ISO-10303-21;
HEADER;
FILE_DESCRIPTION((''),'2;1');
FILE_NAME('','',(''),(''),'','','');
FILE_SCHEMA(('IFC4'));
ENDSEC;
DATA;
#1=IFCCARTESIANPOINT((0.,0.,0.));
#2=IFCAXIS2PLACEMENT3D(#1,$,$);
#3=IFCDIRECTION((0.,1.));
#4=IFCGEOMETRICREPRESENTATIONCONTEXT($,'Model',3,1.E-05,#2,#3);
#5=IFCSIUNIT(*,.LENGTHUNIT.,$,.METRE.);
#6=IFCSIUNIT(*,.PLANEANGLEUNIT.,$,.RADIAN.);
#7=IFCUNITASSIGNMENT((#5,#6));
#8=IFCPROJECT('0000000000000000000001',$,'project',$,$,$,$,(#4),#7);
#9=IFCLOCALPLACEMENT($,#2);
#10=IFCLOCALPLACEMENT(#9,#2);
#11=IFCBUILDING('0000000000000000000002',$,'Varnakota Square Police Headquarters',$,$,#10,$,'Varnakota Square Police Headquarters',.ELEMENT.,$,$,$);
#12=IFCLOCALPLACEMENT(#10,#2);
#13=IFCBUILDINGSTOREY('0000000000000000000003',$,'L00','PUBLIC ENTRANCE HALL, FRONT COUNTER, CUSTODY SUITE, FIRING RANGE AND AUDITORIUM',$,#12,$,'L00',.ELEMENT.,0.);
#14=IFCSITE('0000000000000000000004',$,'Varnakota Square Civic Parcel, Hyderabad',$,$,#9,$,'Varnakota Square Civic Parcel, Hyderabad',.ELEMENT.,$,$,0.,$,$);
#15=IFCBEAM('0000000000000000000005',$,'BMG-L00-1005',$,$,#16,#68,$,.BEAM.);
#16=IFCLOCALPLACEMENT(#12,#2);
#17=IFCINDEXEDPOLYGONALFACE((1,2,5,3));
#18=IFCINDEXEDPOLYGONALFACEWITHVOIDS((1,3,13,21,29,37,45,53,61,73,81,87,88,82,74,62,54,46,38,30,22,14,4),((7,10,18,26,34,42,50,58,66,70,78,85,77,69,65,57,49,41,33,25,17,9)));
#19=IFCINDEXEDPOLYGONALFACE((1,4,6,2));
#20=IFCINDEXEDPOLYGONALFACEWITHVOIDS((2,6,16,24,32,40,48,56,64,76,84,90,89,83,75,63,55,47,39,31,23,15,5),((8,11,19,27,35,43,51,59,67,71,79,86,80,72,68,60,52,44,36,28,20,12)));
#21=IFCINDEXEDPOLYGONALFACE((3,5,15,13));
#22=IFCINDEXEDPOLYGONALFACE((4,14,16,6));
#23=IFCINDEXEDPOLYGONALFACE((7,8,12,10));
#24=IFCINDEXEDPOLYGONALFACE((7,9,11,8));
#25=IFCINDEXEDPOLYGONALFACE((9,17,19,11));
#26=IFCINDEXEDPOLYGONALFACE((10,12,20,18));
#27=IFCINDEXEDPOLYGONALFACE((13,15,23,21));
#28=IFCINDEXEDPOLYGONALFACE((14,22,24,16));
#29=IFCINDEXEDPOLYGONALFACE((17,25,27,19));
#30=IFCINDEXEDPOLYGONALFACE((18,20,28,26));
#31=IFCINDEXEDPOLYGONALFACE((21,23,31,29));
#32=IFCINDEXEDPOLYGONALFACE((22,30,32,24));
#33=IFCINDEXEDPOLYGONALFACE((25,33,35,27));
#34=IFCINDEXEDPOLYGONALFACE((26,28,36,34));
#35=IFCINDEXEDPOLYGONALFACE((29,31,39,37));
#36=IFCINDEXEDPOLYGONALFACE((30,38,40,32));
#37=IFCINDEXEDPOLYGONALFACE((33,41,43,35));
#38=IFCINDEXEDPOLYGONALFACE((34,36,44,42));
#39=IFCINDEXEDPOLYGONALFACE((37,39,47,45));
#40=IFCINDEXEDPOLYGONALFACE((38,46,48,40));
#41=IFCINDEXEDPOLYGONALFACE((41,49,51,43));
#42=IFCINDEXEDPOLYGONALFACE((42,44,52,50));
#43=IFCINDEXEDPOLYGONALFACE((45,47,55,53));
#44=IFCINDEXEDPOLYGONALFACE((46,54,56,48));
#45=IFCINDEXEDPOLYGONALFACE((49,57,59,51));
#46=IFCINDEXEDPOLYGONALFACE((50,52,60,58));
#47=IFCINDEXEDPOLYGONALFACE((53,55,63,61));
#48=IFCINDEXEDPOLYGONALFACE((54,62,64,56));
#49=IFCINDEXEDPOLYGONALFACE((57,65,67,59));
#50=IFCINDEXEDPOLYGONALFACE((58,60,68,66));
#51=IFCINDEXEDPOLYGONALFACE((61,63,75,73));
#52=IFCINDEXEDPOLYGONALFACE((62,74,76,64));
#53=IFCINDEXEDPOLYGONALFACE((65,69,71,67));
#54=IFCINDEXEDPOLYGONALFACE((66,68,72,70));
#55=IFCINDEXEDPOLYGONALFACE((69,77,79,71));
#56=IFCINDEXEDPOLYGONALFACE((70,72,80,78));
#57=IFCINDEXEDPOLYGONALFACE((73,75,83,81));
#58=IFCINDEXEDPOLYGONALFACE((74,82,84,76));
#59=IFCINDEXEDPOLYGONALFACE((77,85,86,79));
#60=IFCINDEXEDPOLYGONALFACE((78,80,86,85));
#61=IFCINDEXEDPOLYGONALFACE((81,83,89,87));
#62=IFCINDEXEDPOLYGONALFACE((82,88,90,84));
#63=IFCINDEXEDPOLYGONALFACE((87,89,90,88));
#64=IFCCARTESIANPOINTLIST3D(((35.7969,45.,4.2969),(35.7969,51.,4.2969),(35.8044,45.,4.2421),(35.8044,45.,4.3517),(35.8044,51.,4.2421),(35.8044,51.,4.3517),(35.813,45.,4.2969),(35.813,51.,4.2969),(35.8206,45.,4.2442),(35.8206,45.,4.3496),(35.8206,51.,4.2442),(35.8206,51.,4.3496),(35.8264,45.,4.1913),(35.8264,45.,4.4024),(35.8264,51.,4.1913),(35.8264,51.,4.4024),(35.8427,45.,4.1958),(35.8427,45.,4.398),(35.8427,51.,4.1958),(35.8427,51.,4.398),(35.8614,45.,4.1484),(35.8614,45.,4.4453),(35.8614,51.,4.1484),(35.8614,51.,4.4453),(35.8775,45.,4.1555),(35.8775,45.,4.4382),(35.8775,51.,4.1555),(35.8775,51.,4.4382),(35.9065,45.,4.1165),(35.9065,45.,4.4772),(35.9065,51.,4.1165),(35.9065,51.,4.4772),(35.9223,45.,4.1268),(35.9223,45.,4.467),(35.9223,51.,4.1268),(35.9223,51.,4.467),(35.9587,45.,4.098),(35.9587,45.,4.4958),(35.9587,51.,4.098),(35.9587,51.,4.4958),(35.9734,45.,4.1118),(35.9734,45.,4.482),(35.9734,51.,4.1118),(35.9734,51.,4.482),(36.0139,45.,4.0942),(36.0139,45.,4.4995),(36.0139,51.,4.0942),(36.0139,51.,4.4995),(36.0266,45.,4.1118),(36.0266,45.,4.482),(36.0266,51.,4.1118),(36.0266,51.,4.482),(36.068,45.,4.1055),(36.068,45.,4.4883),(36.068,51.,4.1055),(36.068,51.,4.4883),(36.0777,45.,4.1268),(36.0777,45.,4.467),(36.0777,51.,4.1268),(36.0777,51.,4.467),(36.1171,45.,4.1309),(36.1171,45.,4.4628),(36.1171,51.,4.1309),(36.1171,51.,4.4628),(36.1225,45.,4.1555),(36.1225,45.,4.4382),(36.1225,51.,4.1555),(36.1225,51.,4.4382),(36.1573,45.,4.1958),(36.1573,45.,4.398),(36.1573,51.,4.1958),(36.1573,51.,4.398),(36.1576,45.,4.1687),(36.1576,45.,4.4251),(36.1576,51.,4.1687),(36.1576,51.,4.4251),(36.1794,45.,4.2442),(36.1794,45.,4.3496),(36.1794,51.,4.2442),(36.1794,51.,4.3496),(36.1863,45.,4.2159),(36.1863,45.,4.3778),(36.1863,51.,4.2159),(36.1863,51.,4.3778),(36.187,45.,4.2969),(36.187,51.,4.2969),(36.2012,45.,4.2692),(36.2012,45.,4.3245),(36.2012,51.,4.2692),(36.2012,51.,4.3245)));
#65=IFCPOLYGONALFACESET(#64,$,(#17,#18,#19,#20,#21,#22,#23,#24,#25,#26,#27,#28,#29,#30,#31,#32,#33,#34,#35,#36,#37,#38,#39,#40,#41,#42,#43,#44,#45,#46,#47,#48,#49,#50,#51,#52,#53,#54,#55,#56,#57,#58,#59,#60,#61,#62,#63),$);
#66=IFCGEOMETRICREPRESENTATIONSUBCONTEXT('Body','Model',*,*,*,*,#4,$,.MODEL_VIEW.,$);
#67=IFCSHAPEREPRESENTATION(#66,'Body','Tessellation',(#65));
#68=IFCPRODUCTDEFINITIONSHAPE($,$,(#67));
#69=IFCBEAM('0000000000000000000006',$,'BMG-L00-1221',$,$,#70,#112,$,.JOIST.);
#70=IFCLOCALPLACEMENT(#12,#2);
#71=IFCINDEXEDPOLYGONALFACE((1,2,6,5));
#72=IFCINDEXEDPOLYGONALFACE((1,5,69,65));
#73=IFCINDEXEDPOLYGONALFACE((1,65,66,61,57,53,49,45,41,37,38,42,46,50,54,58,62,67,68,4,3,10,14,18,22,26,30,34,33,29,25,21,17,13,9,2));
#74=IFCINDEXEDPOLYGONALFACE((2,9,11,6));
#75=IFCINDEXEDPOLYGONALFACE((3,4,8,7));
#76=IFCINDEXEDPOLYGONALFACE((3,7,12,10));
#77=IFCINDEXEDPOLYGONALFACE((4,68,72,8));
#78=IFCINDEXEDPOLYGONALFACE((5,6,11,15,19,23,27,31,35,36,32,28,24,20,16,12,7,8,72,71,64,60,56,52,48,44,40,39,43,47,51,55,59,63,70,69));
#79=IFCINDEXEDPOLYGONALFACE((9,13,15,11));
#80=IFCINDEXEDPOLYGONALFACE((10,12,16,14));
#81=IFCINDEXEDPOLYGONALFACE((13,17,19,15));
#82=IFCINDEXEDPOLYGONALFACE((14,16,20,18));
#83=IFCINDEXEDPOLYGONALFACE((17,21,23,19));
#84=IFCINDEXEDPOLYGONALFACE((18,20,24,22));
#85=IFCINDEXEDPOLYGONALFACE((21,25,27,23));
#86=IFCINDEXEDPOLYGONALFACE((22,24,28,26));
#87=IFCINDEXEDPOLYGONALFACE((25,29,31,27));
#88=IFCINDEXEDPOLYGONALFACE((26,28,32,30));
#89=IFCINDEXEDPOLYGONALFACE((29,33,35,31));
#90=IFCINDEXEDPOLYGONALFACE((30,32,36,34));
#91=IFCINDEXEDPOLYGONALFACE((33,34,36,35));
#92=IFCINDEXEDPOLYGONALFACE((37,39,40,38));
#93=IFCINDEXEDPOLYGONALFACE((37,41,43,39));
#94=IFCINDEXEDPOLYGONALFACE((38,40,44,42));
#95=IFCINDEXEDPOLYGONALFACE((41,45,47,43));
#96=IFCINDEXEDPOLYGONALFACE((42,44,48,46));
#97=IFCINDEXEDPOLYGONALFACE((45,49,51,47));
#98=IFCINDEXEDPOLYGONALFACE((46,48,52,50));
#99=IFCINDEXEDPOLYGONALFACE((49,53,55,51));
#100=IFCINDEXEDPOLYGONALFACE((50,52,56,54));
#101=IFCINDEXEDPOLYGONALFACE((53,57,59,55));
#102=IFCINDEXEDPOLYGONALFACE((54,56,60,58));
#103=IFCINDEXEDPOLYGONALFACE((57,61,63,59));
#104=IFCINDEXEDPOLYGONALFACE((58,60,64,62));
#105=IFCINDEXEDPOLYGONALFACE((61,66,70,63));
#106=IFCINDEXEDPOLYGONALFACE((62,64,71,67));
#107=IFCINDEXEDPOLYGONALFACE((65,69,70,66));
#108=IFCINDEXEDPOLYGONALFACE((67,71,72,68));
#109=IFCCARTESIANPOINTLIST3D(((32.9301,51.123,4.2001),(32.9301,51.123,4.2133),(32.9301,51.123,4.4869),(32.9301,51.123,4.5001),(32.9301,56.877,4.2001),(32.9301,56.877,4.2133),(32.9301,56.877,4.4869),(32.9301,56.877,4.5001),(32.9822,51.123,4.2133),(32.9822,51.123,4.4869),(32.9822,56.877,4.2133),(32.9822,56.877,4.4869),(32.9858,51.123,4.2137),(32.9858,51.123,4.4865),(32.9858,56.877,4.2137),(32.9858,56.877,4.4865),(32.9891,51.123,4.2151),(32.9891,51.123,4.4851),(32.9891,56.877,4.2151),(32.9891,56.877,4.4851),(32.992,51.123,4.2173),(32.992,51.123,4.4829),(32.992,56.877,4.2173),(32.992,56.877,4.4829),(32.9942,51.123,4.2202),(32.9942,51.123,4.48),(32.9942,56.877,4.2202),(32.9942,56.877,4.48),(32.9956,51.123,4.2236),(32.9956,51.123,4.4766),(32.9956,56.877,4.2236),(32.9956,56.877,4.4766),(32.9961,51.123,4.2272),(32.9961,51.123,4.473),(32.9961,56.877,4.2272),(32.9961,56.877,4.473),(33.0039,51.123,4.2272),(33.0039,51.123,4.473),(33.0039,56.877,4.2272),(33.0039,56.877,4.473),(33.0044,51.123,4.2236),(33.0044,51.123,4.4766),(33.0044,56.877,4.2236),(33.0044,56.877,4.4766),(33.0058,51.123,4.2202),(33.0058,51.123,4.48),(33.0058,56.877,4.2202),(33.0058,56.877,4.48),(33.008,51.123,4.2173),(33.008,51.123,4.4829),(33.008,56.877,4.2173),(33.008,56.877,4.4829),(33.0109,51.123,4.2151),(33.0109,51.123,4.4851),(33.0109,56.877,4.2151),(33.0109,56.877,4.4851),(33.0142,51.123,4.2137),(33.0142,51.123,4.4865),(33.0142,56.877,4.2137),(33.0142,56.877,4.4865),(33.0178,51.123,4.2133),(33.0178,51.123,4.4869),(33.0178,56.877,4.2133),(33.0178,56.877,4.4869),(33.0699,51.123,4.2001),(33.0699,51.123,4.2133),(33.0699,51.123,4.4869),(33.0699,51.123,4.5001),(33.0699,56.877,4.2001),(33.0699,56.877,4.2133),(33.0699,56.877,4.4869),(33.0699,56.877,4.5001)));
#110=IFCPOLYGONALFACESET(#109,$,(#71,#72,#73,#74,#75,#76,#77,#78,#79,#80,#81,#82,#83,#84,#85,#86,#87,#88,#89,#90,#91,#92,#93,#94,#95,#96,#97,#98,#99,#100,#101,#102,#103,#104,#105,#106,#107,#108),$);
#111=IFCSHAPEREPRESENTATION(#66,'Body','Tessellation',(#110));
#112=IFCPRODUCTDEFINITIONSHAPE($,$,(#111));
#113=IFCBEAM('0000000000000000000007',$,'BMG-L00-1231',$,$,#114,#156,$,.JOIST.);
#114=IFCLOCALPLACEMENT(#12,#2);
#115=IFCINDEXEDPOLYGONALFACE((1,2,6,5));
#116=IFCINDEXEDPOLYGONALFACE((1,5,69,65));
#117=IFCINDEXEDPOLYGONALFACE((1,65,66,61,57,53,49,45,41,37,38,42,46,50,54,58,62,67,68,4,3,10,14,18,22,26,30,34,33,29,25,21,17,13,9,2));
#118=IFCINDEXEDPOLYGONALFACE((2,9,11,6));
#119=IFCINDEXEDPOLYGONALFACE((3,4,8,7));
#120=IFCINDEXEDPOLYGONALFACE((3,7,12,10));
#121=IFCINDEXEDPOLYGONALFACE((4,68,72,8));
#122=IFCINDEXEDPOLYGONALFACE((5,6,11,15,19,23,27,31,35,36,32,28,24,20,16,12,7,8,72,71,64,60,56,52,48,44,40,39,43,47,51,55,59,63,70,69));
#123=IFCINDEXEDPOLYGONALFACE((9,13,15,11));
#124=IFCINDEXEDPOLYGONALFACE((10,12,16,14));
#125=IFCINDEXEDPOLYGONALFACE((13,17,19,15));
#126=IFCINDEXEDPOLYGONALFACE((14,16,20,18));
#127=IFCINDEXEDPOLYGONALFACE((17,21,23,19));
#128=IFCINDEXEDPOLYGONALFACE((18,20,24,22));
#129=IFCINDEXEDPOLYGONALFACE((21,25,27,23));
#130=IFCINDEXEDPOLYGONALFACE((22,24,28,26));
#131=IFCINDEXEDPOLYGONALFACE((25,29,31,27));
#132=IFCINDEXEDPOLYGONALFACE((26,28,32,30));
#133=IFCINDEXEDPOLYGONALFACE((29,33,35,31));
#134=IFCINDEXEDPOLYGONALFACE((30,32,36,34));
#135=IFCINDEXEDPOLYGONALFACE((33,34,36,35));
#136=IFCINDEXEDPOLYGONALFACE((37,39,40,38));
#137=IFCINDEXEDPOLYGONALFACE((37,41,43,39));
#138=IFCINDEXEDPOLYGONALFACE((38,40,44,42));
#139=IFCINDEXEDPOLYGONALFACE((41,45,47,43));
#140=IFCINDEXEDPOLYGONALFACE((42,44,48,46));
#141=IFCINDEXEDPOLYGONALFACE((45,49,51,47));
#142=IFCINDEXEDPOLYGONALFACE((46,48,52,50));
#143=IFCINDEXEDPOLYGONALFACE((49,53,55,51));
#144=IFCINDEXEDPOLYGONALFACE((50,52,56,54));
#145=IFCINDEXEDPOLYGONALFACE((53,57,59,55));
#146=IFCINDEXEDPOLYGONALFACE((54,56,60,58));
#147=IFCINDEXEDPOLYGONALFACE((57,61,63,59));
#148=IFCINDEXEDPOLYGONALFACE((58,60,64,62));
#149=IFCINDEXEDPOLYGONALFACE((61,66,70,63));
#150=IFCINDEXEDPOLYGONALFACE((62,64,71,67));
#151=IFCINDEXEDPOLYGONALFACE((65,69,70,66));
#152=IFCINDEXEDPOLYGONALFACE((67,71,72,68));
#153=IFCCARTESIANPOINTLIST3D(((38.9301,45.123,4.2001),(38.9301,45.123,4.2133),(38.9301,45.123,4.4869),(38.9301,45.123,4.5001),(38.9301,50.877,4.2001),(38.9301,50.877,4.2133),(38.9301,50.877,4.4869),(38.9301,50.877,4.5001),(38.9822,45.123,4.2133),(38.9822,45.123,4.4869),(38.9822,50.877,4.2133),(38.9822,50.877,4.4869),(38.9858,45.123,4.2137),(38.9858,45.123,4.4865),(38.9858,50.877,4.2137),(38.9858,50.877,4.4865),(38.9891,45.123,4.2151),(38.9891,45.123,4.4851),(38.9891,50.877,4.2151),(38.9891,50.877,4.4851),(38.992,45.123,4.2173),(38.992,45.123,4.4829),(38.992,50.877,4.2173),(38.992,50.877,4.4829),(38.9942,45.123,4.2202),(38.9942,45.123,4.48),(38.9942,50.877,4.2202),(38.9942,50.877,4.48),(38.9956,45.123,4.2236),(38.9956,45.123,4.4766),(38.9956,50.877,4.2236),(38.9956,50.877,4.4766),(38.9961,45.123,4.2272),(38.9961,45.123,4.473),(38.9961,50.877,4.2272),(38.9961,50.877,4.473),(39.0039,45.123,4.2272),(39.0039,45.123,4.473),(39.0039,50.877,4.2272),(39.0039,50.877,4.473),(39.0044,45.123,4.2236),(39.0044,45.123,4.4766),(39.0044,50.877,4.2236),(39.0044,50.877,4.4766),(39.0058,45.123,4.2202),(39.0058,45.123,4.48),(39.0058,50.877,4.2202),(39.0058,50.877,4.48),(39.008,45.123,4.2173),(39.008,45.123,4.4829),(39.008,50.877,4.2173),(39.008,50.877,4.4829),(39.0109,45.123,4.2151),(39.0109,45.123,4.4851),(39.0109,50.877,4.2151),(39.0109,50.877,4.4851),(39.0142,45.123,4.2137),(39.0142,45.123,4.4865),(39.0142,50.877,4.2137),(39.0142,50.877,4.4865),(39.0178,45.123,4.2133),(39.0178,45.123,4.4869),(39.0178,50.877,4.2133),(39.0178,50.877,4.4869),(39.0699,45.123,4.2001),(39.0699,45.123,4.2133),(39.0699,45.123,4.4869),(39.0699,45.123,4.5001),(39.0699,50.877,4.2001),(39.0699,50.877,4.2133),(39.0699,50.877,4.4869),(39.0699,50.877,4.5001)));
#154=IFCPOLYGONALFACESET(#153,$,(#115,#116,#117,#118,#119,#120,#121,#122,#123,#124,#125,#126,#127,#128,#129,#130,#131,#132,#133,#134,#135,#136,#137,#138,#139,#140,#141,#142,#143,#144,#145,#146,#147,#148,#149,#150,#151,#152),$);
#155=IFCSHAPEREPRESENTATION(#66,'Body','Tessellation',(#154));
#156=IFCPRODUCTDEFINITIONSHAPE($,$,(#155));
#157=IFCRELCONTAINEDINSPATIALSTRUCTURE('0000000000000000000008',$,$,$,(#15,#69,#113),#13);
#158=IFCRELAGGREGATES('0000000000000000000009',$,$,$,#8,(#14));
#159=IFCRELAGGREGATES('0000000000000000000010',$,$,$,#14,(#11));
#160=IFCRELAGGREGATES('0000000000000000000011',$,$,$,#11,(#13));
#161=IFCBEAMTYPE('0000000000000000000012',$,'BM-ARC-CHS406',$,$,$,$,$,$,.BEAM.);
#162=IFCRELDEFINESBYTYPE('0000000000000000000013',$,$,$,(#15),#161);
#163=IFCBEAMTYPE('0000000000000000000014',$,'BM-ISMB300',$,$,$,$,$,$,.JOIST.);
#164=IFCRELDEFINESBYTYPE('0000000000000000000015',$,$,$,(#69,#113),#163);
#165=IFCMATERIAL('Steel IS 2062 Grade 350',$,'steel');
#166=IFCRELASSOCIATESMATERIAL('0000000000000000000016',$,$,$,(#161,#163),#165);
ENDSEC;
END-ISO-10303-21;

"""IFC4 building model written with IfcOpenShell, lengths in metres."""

from ifc_helpers import new_model, si_unit, direction, frame, origin, origin_2d, place, context, subcontext, project, spatial, hollow_circle, i_section, extrude, material, material_profile, profile_set, type_object, element, save


model = new_model("IFC4")

# Units and contexts
model_context = context("Model", 3, precision=1e-05, world=origin(), true_north=direction((0.0, 1.0)))
body_context = subcontext(model_context, "Body", "Model", "MODEL_VIEW")
ifc_project = project(units=[si_unit("LENGTHUNIT", "METRE"), si_unit("PLANEANGLEUNIT", "RADIAN")], contexts=[model_context])

# Site, building, storey
site_placement = place(None, origin())
site = spatial("IfcSite", under=ifc_project, at=site_placement, Name="Varnakota Square Civic Parcel, Hyderabad", LongName="Varnakota Square Civic Parcel, Hyderabad", CompositionType="ELEMENT", RefElevation=0.0)
building_placement = place(site_placement, origin())
building = spatial("IfcBuilding", under=site, at=building_placement, Name="Varnakota Square Police Headquarters", LongName="Varnakota Square Police Headquarters", CompositionType="ELEMENT")
storey_placement = place(building_placement, origin())
storey = spatial("IfcBuildingStorey", under=building, at=storey_placement, Name="L00", Description="PUBLIC ENTRANCE HALL, FRONT COUNTER, CUSTODY SUITE, FIRING RANGE AND AUDITORIUM", LongName="L00", CompositionType="ELEMENT", Elevation=0.0)

# Beams
ifc_material_1 = material(Name="Steel IS 2062 Grade 350", Category="steel")
ifc_material_profile_1 = material_profile(ifc_material_1, hollow_circle(Radius=0.2031, WallThickness=0.0161, at=origin_2d()), Name="CHS 406.4x16.0")
ifc_profile_set_1 = profile_set([ifc_material_profile_1], Name="Steel IS 2062 Grade 350")
beam_type_1 = type_object("IfcBeamType", Name="BM-ARC-CHS406", PredefinedType="BEAM", material=ifc_profile_set_1)
beam_1_placement = place(storey_placement, frame((36.0, 45.0, 4.2969), z_axis=(0.0, 1.0, 0.0), x_axis=(-1.0, 0.0, 0.0)))
element("IfcBeam", 1, at=beam_1_placement, inside=storey, type_object=beam_type_1, Name="BMG-L00-1005", PredefinedType="BEAM", context=body_context, shape_type="SweptSolid", body=[
    extrude(hollow_circle(Radius=0.2031, WallThickness=0.0161, at=origin_2d()), origin(), (0.0, 0.0, 1.0), 6.0),
])
ifc_material_profile_2 = material_profile(ifc_material_1, i_section(OverallWidth=0.1399, OverallDepth=0.3, WebThickness=0.0078, FlangeThickness=0.0132, FilletRadius=0.0139, at=origin_2d()), Name="ISMB 300")
ifc_profile_set_2 = profile_set([ifc_material_profile_2], Name="Steel IS 2062 Grade 350")
beam_type_2 = type_object("IfcBeamType", Name="BM-ISMB300", PredefinedType="JOIST", material=ifc_profile_set_2)
for number, where, z_axis, x_axis, name in (
    (2, (33.0, 51.123, 4.3501), (0.0, 1.0, 0.0), (-1.0, 0.0, 0.0), "BMG-L00-1221"),
    (3, (39.0, 45.123, 4.3501), (0.0, 1.0, 0.0), (-1.0, 0.0, 0.0), "BMG-L00-1231"),
):
    element("IfcBeam", number, at=place(storey_placement, frame(where, z_axis=z_axis, x_axis=x_axis)), inside=storey, type_object=beam_type_2, Name=name, PredefinedType="JOIST", context=body_context, shape_type="SweptSolid", body=[
        extrude(i_section(OverallWidth=0.1399, OverallDepth=0.3, WebThickness=0.0078, FlangeThickness=0.0132, FilletRadius=0.0139, at=origin_2d()), origin(), (0.0, 0.0, 1.0), 5.7539),
    ])

save(model, "model.ifc")
